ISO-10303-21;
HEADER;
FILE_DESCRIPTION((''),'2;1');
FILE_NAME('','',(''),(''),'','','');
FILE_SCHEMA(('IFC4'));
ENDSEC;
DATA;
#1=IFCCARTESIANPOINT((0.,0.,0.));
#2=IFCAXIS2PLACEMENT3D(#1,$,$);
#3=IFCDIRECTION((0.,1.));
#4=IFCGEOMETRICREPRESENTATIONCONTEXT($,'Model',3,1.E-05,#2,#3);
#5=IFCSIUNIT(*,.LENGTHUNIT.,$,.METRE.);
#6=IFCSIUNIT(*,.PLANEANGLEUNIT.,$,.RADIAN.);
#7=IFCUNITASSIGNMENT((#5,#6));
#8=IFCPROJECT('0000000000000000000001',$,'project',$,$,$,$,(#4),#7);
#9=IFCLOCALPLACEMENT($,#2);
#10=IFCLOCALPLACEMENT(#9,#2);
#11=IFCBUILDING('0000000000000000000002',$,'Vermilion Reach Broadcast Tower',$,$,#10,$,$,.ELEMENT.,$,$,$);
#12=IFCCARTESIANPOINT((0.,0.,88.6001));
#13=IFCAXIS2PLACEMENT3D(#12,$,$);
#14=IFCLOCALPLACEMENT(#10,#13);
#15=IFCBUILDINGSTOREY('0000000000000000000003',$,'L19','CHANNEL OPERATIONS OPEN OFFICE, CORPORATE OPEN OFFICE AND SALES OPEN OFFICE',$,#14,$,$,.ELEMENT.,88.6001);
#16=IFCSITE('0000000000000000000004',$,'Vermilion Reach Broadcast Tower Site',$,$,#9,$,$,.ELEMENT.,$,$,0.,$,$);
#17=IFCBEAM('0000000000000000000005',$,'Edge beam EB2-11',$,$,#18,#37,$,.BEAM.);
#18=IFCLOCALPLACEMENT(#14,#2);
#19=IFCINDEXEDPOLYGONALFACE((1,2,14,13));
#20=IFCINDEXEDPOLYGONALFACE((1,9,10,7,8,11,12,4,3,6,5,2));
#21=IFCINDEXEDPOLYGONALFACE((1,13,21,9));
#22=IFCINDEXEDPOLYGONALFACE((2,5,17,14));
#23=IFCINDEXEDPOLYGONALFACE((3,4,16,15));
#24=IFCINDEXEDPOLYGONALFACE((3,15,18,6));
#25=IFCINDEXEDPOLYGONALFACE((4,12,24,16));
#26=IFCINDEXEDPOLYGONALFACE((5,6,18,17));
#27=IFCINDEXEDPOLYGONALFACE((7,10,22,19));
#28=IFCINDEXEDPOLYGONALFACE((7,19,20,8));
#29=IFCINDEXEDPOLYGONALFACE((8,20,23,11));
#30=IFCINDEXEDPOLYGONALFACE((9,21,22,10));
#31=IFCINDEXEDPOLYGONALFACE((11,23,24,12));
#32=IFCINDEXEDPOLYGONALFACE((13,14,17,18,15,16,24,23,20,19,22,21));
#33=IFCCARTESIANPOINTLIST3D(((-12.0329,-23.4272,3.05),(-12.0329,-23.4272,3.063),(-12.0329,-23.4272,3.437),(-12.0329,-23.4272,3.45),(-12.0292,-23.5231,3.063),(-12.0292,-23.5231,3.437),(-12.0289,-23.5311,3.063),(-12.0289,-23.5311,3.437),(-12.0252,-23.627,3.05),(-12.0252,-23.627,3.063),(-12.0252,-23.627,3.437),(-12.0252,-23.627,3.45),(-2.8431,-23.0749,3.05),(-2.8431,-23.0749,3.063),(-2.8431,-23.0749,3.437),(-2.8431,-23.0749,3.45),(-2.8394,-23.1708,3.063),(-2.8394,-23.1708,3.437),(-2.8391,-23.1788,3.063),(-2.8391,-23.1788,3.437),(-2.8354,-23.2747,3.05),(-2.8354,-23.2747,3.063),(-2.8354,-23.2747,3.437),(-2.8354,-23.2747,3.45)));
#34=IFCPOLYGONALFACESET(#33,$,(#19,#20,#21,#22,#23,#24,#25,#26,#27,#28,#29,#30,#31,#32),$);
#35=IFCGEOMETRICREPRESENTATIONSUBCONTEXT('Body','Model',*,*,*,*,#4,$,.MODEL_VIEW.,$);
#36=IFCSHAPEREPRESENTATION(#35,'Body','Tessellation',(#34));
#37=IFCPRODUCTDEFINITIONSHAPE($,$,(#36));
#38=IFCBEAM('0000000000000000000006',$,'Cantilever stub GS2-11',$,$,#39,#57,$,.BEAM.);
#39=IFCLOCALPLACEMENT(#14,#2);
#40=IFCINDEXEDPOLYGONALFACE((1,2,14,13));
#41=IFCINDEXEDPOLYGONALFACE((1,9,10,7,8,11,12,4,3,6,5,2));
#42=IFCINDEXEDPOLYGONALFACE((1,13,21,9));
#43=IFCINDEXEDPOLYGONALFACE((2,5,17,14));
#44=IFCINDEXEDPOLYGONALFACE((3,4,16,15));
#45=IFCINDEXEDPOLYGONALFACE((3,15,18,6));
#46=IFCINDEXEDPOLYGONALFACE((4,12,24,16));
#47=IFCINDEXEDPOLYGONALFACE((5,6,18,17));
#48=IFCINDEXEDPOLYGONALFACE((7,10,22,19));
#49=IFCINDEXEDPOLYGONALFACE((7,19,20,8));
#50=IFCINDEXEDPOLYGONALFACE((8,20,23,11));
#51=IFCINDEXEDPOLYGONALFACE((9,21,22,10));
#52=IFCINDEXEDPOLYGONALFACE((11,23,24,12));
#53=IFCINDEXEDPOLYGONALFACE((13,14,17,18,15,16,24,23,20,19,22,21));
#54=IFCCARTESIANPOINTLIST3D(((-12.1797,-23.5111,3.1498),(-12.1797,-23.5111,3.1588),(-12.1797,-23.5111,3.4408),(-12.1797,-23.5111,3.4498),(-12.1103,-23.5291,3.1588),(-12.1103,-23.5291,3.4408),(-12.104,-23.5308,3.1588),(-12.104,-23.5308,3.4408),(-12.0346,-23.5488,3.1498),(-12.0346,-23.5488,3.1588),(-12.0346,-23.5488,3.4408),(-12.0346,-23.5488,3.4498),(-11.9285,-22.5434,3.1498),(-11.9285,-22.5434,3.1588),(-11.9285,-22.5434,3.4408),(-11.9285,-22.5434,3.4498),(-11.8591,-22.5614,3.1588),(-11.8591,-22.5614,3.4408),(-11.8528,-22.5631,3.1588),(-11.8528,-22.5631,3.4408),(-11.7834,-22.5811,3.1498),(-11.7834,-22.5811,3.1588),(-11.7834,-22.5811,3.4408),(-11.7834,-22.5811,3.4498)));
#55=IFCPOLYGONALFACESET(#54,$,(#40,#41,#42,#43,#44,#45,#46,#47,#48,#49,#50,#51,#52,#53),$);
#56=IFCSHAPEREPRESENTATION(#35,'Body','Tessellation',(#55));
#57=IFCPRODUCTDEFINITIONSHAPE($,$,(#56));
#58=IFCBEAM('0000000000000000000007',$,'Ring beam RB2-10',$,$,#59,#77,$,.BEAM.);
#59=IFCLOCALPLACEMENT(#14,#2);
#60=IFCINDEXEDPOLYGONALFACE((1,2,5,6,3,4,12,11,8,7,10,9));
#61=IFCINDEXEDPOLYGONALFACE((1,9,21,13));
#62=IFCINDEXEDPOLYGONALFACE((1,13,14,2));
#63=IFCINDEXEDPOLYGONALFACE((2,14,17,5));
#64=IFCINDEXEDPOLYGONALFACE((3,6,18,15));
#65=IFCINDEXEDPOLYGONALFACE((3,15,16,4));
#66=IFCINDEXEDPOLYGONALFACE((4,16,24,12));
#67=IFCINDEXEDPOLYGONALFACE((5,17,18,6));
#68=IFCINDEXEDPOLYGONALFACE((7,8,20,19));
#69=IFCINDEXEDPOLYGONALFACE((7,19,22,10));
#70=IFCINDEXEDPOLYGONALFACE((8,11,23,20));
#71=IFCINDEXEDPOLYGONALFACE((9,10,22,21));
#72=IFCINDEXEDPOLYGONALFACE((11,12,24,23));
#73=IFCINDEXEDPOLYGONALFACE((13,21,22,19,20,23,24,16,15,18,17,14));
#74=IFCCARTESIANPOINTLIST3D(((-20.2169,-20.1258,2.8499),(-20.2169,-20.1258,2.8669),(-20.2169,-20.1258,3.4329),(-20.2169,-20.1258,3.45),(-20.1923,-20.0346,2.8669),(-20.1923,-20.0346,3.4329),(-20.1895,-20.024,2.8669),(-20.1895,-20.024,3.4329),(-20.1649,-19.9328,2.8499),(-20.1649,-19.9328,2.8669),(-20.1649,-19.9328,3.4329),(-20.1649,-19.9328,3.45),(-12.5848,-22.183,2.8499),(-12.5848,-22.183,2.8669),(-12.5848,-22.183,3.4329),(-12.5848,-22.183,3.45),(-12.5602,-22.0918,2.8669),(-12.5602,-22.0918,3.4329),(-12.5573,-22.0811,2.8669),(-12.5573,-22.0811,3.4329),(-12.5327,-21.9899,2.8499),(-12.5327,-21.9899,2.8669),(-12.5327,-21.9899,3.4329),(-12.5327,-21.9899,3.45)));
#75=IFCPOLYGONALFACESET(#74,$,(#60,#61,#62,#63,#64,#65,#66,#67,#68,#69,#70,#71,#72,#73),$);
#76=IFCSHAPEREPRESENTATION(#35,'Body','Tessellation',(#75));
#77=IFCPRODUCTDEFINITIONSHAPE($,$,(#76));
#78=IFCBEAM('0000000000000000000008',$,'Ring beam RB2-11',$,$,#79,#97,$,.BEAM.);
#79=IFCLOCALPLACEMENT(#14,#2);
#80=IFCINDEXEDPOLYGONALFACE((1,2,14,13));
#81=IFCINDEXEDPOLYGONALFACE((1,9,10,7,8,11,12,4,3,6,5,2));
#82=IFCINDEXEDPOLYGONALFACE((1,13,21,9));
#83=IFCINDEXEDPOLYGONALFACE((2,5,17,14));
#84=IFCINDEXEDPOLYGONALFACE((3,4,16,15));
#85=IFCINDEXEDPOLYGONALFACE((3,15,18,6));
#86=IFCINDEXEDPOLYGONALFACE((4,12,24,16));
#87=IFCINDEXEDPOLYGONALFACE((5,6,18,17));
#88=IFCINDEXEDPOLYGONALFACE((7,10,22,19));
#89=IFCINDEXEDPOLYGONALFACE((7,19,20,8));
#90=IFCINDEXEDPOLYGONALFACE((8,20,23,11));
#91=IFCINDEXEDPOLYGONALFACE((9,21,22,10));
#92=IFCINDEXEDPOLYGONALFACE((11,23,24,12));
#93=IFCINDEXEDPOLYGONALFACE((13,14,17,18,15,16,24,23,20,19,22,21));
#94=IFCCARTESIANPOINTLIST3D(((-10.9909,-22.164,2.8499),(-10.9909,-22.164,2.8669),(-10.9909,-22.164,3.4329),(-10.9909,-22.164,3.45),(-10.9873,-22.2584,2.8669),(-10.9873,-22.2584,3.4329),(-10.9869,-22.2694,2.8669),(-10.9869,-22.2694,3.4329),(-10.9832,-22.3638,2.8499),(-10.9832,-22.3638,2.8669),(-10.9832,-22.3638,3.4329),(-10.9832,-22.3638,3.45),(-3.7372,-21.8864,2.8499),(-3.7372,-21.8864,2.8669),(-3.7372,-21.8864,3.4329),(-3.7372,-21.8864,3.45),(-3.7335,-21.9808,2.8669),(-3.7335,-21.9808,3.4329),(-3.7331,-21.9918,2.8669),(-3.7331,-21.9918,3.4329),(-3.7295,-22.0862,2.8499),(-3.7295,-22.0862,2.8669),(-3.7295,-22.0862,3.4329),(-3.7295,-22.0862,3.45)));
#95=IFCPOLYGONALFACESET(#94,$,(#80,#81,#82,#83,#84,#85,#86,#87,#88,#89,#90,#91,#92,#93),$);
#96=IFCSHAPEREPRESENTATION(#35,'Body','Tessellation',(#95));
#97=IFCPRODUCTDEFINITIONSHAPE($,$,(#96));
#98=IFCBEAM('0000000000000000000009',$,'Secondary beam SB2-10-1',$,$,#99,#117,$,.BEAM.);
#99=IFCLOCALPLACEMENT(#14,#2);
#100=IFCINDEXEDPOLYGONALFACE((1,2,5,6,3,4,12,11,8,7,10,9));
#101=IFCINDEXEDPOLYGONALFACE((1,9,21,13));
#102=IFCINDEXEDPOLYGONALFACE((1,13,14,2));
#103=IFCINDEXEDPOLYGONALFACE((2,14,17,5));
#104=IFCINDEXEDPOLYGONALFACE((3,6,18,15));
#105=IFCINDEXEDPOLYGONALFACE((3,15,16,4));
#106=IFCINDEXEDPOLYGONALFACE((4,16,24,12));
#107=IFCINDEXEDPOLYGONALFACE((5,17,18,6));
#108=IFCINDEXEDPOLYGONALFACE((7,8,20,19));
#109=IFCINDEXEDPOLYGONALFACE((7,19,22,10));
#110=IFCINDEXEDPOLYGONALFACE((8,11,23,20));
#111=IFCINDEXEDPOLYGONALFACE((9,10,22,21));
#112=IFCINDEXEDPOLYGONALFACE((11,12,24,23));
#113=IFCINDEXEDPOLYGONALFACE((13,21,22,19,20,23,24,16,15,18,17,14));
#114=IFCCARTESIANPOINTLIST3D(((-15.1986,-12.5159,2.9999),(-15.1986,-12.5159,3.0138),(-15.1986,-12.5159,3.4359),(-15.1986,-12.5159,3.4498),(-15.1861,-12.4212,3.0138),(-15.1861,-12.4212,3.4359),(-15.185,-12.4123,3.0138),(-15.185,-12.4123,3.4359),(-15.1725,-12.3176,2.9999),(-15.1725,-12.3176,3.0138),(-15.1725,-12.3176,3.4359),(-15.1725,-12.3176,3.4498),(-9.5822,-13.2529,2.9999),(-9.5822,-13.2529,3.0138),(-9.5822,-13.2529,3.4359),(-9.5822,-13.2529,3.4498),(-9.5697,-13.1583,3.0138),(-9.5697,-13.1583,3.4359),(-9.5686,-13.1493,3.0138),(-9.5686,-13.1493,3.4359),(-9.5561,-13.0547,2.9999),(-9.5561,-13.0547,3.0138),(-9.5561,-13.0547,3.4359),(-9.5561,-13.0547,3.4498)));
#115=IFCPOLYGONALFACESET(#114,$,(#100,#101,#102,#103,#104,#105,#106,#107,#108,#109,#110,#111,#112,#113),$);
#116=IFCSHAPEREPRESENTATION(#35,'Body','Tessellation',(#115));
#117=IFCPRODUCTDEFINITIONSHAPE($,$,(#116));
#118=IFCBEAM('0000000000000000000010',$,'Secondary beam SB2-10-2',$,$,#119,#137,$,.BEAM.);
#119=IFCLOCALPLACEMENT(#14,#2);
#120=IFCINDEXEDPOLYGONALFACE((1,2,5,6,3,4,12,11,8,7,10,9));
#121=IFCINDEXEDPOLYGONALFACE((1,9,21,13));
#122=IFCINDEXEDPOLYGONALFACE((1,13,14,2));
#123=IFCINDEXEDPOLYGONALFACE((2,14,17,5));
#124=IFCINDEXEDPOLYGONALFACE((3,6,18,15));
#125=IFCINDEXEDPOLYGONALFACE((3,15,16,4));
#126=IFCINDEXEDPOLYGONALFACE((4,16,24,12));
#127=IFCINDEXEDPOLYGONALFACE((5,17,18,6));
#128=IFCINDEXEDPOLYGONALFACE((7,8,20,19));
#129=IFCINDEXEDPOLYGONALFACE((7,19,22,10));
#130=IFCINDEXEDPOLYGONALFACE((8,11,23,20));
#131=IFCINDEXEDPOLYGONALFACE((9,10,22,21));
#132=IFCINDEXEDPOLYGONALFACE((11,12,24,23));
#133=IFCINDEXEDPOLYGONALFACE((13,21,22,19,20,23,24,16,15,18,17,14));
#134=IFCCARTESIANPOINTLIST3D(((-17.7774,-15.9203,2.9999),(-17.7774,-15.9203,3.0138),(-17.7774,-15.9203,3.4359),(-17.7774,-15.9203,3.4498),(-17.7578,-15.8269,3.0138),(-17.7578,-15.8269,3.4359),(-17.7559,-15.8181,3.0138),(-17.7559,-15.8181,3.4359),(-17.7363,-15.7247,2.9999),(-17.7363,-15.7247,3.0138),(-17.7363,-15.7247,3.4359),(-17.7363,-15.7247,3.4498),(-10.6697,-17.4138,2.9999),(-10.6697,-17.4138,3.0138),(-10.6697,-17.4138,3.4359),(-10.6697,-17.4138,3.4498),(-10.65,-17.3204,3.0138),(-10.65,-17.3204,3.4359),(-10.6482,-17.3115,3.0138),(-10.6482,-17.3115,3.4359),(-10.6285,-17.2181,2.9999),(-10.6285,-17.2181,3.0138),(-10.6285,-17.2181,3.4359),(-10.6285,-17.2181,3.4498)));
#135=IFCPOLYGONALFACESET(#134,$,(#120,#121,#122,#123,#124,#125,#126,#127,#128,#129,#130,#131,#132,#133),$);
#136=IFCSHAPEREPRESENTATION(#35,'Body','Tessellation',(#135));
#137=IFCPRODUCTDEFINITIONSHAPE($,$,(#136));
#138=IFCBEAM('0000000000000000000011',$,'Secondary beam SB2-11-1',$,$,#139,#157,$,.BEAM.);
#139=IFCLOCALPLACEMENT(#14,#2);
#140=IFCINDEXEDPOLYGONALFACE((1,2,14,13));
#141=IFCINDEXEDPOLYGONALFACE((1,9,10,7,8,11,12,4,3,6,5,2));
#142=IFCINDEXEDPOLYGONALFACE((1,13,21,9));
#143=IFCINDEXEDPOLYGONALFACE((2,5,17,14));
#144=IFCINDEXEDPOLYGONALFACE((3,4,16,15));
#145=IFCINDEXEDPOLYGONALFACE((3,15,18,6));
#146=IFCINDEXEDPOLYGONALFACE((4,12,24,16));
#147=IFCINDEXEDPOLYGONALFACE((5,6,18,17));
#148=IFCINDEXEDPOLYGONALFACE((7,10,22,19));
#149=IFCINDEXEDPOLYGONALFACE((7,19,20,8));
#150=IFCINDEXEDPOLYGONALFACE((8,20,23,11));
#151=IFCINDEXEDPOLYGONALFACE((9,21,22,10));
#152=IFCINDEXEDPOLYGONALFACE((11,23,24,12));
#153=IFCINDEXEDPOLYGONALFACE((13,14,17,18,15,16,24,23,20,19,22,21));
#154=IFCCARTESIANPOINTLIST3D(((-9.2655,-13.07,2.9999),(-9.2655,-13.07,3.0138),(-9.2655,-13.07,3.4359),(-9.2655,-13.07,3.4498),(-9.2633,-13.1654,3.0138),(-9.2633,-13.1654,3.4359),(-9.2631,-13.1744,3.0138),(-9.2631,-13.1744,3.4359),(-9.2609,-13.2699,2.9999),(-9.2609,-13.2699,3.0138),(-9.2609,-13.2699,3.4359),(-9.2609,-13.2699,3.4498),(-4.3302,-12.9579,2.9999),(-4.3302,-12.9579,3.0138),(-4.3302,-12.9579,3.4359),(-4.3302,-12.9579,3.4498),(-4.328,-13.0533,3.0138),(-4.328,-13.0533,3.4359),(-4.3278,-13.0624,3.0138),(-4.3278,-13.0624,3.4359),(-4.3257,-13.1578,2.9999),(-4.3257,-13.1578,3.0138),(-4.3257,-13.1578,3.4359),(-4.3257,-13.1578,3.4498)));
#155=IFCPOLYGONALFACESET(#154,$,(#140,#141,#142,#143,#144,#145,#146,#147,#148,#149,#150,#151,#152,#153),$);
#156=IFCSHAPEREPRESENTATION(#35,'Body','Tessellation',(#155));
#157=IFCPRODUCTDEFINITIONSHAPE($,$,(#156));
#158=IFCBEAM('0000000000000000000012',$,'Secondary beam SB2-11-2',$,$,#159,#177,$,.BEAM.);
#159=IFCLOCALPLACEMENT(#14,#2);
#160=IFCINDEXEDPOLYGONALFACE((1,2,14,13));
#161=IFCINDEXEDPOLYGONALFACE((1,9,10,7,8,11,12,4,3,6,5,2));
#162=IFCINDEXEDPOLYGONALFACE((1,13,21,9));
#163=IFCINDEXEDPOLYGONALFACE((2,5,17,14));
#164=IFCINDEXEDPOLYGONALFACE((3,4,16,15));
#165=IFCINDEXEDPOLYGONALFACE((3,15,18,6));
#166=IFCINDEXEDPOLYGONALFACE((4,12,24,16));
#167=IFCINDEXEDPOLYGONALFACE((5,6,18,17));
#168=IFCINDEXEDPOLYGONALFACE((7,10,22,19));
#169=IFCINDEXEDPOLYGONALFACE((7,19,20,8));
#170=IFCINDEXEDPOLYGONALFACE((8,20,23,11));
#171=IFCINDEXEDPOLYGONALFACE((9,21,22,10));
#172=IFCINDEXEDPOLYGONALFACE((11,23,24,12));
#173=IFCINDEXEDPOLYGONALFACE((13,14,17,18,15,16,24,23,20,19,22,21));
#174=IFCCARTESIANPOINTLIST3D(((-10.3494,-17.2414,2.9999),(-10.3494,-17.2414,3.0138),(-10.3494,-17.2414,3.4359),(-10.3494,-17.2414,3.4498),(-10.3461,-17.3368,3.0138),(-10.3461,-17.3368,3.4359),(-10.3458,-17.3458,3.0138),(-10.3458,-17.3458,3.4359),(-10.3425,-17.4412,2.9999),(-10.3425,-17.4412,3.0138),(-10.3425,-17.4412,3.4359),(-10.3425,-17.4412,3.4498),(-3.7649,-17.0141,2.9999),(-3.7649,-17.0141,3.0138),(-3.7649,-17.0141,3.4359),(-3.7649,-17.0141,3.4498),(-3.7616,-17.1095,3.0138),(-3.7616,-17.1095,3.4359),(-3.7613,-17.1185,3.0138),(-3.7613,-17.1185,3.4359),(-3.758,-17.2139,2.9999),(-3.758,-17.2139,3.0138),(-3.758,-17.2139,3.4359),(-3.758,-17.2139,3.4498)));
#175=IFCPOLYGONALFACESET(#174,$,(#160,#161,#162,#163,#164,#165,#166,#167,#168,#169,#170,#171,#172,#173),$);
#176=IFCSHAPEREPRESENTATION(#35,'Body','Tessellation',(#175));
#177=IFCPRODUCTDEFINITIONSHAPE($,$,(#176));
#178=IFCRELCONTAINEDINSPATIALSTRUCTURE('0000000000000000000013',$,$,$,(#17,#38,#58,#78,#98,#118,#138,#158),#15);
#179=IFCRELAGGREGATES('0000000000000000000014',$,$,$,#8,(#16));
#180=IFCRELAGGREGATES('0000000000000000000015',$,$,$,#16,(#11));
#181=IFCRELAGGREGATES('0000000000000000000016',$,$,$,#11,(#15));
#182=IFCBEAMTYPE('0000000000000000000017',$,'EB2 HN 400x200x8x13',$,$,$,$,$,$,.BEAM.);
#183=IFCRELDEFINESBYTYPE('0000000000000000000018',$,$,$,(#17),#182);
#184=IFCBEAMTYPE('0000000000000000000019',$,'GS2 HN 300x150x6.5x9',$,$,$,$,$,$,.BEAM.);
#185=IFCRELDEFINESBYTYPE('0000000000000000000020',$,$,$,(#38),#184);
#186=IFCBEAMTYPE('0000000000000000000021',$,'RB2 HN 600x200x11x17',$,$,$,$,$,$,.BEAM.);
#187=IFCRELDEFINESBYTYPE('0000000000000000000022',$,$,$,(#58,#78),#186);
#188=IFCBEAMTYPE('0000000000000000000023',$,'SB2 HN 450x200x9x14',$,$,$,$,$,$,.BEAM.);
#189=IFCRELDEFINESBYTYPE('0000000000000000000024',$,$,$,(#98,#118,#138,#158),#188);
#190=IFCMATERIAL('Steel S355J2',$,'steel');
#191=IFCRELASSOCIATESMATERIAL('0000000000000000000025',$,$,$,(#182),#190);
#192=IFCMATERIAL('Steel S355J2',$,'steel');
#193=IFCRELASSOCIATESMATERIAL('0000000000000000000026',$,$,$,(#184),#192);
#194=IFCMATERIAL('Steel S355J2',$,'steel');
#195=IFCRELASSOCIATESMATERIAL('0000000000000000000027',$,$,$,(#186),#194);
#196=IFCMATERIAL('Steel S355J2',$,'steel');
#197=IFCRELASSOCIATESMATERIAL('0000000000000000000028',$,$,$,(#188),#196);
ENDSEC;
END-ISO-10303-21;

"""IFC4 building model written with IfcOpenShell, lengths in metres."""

from ifc_helpers import new_model, si_unit, direction, frame, origin, origin_2d, place, context, subcontext, project, spatial, i_section, extrude, material, material_profile, profile_set, type_object, element, save


model = new_model("IFC4")

# Units and contexts
model_context = context("Model", 3, precision=1e-05, world=origin(), true_north=direction((0.0, 1.0)))
body_context = subcontext(model_context, "Body", "Model", "MODEL_VIEW")
ifc_project = project(units=[si_unit("LENGTHUNIT", "METRE"), si_unit("PLANEANGLEUNIT", "RADIAN")], contexts=[model_context])

# Site, building, storey
site_placement = place(None, origin())
site = spatial("IfcSite", under=ifc_project, at=site_placement, Name="Vermilion Reach Broadcast Tower Site", CompositionType="ELEMENT", RefElevation=0.0)
building_placement = place(site_placement, origin())
building = spatial("IfcBuilding", under=site, at=building_placement, Name="Vermilion Reach Broadcast Tower", CompositionType="ELEMENT")
storey_placement = place(building_placement, frame((0.0, 0.0, 88.6001)))
storey = spatial("IfcBuildingStorey", under=building, at=storey_placement, Name="L19", Description="CHANNEL OPERATIONS OPEN OFFICE, CORPORATE OPEN OFFICE AND SALES OPEN OFFICE", CompositionType="ELEMENT", Elevation=88.6001)

# Beams
ifc_material_1 = material(Name="Steel S355J2", Category="steel")
ifc_material_profile_1 = material_profile(ifc_material_1, i_section(OverallWidth=0.2, OverallDepth=0.3999, WebThickness=0.0081, FlangeThickness=0.0129, at=origin_2d()), Name="S355J2 HN 400x200x8x13")
ifc_profile_set_1 = profile_set([ifc_material_profile_1], Name="Steel S355J2")
beam_type_1 = type_object("IfcBeamType", Name="EB2 HN 400x200x8x13", PredefinedType="BEAM", material=ifc_profile_set_1)
beam_1_placement = place(storey_placement, frame((-12.0291, -23.5271, 3.25), z_axis=(0.999266, 0.038308, 0.0), x_axis=(-0.038308, 0.999266, 0.0)))
element("IfcBeam", 1, at=beam_1_placement, inside=storey, type_object=beam_type_1, Name="Edge beam EB2-11", PredefinedType="BEAM", context=body_context, shape_type="SweptSolid", body=[
    extrude(i_section(OverallWidth=0.2, OverallDepth=0.3999, WebThickness=0.0081, FlangeThickness=0.0129, at=origin_2d()), origin(), (0.0, 0.0, 1.0), 9.1965),
])
ifc_material_2 = material(Name="Steel S355J2", Category="steel")
ifc_material_profile_2 = material_profile(ifc_material_2, i_section(OverallWidth=0.1499, OverallDepth=0.3, WebThickness=0.0066, FlangeThickness=0.009, at=origin_2d()), Name="S355J2 HN 300x150x6.5x9")
ifc_profile_set_2 = profile_set([ifc_material_profile_2], Name="Steel S355J2")
beam_type_2 = type_object("IfcBeamType", Name="GS2 HN 300x150x6.5x9", PredefinedType="BEAM", material=ifc_profile_set_2)
beam_2_placement = place(storey_placement, frame((-11.856, -22.5623, 3.2998), z_axis=(-0.251259, -0.96792, 0.0), x_axis=(0.96792, -0.251259, 0.0)))
element("IfcBeam", 2, at=beam_2_placement, inside=storey, type_object=beam_type_2, Name="Cantilever stub GS2-11", PredefinedType="BEAM", context=body_context, shape_type="SweptSolid", body=[
    extrude(i_section(OverallWidth=0.1499, OverallDepth=0.3, WebThickness=0.0066, FlangeThickness=0.009, at=origin_2d()), origin(), (0.0, 0.0, 1.0), 0.9998),
])
ifc_material_3 = material(Name="Steel S355J2", Category="steel")
ifc_material_profile_3 = material_profile(ifc_material_3, i_section(OverallWidth=0.2, OverallDepth=0.6001, WebThickness=0.011, FlangeThickness=0.0171, at=origin_2d()), Name="S355J2 HN 600x200x11x17")
ifc_profile_set_3 = profile_set([ifc_material_profile_3], Name="Steel S355J2")
beam_type_3 = type_object("IfcBeamType", Name="RB2 HN 600x200x11x17", PredefinedType="BEAM", material=ifc_profile_set_3)
beam_3_placement = place(storey_placement, frame((-20.1909, -20.0293, 3.1499), z_axis=(0.965541, -0.260249, 0.0), x_axis=(0.260249, 0.965541, 0.0)))
element("IfcBeam", 3, at=beam_3_placement, inside=storey, type_object=beam_type_3, Name="Ring beam RB2-10", PredefinedType="BEAM", context=body_context, shape_type="SweptSolid", body=[
    extrude(i_section(OverallWidth=0.2, OverallDepth=0.6001, WebThickness=0.011, FlangeThickness=0.0171, at=origin_2d()), origin(), (0.0, 0.0, 1.0), 7.9045),
])
beam_4_placement = place(storey_placement, frame((-10.9871, -22.2639, 3.1499), z_axis=(0.999269, 0.038241, 0.0), x_axis=(-0.038241, 0.999269, 0.0)))
element("IfcBeam", 4, at=beam_4_placement, inside=storey, type_object=beam_type_3, Name="Ring beam RB2-11", PredefinedType="BEAM", context=body_context, shape_type="SweptSolid", body=[
    extrude(i_section(OverallWidth=0.2, OverallDepth=0.6001, WebThickness=0.011, FlangeThickness=0.0171, at=origin_2d()), origin(), (0.0, 0.0, 1.0), 7.259),
])
ifc_material_4 = material(Name="Steel S355J2", Category="steel")
ifc_material_profile_4 = material_profile(ifc_material_4, i_section(OverallWidth=0.2, OverallDepth=0.45, WebThickness=0.009, FlangeThickness=0.0139, at=origin_2d()), Name="S355J2 HN 450x200x9x14")
ifc_profile_set_4 = profile_set([ifc_material_profile_4], Name="Steel S355J2")
beam_type_4 = type_object("IfcBeamType", Name="SB2 HN 450x200x9x14", PredefinedType="BEAM", material=ifc_profile_set_4)
beam_5_placement = place(storey_placement, frame((-15.1855, -12.4167, 3.2249), z_axis=(0.991499, -0.130117, 0.0), x_axis=(0.130117, 0.991499, 0.0)))
element("IfcBeam", 5, at=beam_5_placement, inside=storey, type_object=beam_type_4, Name="Secondary beam SB2-10-1", PredefinedType="BEAM", context=body_context, shape_type="SweptSolid", body=[
    extrude(i_section(OverallWidth=0.2, OverallDepth=0.45, WebThickness=0.009, FlangeThickness=0.0139, at=origin_2d()), origin(), (0.0, 0.0, 1.0), 5.6646),
])
beam_6_placement = place(storey_placement, frame((-17.7568, -15.8225, 3.2249), z_axis=(0.978631, -0.205623, 0.0), x_axis=(0.205623, 0.978631, 0.0)))
element("IfcBeam", 6, at=beam_6_placement, inside=storey, type_object=beam_type_4, Name="Secondary beam SB2-10-2", PredefinedType="BEAM", context=body_context, shape_type="SweptSolid", body=[
    extrude(i_section(OverallWidth=0.2, OverallDepth=0.45, WebThickness=0.009, FlangeThickness=0.0139, at=origin_2d()), origin(), (0.0, 0.0, 1.0), 7.2629),
])
beam_7_placement = place(storey_placement, frame((-9.2632, -13.1699, 3.2249), z_axis=(0.999742, 0.0227, 0.0), x_axis=(-0.0227, 0.999742, 0.0)))
element("IfcBeam", 7, at=beam_7_placement, inside=storey, type_object=beam_type_4, Name="Secondary beam SB2-11-1", PredefinedType="BEAM", context=body_context, shape_type="SweptSolid", body=[
    extrude(i_section(OverallWidth=0.2, OverallDepth=0.45, WebThickness=0.009, FlangeThickness=0.0139, at=origin_2d()), origin(), (0.0, 0.0, 1.0), 4.9365),
])
beam_8_placement = place(storey_placement, frame((-10.3459, -17.3413, 3.2249), z_axis=(0.999405, 0.034499, 0.0), x_axis=(-0.034499, 0.999405, 0.0)))
element("IfcBeam", 8, at=beam_8_placement, inside=storey, type_object=beam_type_4, Name="Secondary beam SB2-11-2", PredefinedType="BEAM", context=body_context, shape_type="SweptSolid", body=[
    extrude(i_section(OverallWidth=0.2, OverallDepth=0.45, WebThickness=0.009, FlangeThickness=0.0139, at=origin_2d()), origin(), (0.0, 0.0, 1.0), 6.5884),
])

save(model, "model.ifc")
